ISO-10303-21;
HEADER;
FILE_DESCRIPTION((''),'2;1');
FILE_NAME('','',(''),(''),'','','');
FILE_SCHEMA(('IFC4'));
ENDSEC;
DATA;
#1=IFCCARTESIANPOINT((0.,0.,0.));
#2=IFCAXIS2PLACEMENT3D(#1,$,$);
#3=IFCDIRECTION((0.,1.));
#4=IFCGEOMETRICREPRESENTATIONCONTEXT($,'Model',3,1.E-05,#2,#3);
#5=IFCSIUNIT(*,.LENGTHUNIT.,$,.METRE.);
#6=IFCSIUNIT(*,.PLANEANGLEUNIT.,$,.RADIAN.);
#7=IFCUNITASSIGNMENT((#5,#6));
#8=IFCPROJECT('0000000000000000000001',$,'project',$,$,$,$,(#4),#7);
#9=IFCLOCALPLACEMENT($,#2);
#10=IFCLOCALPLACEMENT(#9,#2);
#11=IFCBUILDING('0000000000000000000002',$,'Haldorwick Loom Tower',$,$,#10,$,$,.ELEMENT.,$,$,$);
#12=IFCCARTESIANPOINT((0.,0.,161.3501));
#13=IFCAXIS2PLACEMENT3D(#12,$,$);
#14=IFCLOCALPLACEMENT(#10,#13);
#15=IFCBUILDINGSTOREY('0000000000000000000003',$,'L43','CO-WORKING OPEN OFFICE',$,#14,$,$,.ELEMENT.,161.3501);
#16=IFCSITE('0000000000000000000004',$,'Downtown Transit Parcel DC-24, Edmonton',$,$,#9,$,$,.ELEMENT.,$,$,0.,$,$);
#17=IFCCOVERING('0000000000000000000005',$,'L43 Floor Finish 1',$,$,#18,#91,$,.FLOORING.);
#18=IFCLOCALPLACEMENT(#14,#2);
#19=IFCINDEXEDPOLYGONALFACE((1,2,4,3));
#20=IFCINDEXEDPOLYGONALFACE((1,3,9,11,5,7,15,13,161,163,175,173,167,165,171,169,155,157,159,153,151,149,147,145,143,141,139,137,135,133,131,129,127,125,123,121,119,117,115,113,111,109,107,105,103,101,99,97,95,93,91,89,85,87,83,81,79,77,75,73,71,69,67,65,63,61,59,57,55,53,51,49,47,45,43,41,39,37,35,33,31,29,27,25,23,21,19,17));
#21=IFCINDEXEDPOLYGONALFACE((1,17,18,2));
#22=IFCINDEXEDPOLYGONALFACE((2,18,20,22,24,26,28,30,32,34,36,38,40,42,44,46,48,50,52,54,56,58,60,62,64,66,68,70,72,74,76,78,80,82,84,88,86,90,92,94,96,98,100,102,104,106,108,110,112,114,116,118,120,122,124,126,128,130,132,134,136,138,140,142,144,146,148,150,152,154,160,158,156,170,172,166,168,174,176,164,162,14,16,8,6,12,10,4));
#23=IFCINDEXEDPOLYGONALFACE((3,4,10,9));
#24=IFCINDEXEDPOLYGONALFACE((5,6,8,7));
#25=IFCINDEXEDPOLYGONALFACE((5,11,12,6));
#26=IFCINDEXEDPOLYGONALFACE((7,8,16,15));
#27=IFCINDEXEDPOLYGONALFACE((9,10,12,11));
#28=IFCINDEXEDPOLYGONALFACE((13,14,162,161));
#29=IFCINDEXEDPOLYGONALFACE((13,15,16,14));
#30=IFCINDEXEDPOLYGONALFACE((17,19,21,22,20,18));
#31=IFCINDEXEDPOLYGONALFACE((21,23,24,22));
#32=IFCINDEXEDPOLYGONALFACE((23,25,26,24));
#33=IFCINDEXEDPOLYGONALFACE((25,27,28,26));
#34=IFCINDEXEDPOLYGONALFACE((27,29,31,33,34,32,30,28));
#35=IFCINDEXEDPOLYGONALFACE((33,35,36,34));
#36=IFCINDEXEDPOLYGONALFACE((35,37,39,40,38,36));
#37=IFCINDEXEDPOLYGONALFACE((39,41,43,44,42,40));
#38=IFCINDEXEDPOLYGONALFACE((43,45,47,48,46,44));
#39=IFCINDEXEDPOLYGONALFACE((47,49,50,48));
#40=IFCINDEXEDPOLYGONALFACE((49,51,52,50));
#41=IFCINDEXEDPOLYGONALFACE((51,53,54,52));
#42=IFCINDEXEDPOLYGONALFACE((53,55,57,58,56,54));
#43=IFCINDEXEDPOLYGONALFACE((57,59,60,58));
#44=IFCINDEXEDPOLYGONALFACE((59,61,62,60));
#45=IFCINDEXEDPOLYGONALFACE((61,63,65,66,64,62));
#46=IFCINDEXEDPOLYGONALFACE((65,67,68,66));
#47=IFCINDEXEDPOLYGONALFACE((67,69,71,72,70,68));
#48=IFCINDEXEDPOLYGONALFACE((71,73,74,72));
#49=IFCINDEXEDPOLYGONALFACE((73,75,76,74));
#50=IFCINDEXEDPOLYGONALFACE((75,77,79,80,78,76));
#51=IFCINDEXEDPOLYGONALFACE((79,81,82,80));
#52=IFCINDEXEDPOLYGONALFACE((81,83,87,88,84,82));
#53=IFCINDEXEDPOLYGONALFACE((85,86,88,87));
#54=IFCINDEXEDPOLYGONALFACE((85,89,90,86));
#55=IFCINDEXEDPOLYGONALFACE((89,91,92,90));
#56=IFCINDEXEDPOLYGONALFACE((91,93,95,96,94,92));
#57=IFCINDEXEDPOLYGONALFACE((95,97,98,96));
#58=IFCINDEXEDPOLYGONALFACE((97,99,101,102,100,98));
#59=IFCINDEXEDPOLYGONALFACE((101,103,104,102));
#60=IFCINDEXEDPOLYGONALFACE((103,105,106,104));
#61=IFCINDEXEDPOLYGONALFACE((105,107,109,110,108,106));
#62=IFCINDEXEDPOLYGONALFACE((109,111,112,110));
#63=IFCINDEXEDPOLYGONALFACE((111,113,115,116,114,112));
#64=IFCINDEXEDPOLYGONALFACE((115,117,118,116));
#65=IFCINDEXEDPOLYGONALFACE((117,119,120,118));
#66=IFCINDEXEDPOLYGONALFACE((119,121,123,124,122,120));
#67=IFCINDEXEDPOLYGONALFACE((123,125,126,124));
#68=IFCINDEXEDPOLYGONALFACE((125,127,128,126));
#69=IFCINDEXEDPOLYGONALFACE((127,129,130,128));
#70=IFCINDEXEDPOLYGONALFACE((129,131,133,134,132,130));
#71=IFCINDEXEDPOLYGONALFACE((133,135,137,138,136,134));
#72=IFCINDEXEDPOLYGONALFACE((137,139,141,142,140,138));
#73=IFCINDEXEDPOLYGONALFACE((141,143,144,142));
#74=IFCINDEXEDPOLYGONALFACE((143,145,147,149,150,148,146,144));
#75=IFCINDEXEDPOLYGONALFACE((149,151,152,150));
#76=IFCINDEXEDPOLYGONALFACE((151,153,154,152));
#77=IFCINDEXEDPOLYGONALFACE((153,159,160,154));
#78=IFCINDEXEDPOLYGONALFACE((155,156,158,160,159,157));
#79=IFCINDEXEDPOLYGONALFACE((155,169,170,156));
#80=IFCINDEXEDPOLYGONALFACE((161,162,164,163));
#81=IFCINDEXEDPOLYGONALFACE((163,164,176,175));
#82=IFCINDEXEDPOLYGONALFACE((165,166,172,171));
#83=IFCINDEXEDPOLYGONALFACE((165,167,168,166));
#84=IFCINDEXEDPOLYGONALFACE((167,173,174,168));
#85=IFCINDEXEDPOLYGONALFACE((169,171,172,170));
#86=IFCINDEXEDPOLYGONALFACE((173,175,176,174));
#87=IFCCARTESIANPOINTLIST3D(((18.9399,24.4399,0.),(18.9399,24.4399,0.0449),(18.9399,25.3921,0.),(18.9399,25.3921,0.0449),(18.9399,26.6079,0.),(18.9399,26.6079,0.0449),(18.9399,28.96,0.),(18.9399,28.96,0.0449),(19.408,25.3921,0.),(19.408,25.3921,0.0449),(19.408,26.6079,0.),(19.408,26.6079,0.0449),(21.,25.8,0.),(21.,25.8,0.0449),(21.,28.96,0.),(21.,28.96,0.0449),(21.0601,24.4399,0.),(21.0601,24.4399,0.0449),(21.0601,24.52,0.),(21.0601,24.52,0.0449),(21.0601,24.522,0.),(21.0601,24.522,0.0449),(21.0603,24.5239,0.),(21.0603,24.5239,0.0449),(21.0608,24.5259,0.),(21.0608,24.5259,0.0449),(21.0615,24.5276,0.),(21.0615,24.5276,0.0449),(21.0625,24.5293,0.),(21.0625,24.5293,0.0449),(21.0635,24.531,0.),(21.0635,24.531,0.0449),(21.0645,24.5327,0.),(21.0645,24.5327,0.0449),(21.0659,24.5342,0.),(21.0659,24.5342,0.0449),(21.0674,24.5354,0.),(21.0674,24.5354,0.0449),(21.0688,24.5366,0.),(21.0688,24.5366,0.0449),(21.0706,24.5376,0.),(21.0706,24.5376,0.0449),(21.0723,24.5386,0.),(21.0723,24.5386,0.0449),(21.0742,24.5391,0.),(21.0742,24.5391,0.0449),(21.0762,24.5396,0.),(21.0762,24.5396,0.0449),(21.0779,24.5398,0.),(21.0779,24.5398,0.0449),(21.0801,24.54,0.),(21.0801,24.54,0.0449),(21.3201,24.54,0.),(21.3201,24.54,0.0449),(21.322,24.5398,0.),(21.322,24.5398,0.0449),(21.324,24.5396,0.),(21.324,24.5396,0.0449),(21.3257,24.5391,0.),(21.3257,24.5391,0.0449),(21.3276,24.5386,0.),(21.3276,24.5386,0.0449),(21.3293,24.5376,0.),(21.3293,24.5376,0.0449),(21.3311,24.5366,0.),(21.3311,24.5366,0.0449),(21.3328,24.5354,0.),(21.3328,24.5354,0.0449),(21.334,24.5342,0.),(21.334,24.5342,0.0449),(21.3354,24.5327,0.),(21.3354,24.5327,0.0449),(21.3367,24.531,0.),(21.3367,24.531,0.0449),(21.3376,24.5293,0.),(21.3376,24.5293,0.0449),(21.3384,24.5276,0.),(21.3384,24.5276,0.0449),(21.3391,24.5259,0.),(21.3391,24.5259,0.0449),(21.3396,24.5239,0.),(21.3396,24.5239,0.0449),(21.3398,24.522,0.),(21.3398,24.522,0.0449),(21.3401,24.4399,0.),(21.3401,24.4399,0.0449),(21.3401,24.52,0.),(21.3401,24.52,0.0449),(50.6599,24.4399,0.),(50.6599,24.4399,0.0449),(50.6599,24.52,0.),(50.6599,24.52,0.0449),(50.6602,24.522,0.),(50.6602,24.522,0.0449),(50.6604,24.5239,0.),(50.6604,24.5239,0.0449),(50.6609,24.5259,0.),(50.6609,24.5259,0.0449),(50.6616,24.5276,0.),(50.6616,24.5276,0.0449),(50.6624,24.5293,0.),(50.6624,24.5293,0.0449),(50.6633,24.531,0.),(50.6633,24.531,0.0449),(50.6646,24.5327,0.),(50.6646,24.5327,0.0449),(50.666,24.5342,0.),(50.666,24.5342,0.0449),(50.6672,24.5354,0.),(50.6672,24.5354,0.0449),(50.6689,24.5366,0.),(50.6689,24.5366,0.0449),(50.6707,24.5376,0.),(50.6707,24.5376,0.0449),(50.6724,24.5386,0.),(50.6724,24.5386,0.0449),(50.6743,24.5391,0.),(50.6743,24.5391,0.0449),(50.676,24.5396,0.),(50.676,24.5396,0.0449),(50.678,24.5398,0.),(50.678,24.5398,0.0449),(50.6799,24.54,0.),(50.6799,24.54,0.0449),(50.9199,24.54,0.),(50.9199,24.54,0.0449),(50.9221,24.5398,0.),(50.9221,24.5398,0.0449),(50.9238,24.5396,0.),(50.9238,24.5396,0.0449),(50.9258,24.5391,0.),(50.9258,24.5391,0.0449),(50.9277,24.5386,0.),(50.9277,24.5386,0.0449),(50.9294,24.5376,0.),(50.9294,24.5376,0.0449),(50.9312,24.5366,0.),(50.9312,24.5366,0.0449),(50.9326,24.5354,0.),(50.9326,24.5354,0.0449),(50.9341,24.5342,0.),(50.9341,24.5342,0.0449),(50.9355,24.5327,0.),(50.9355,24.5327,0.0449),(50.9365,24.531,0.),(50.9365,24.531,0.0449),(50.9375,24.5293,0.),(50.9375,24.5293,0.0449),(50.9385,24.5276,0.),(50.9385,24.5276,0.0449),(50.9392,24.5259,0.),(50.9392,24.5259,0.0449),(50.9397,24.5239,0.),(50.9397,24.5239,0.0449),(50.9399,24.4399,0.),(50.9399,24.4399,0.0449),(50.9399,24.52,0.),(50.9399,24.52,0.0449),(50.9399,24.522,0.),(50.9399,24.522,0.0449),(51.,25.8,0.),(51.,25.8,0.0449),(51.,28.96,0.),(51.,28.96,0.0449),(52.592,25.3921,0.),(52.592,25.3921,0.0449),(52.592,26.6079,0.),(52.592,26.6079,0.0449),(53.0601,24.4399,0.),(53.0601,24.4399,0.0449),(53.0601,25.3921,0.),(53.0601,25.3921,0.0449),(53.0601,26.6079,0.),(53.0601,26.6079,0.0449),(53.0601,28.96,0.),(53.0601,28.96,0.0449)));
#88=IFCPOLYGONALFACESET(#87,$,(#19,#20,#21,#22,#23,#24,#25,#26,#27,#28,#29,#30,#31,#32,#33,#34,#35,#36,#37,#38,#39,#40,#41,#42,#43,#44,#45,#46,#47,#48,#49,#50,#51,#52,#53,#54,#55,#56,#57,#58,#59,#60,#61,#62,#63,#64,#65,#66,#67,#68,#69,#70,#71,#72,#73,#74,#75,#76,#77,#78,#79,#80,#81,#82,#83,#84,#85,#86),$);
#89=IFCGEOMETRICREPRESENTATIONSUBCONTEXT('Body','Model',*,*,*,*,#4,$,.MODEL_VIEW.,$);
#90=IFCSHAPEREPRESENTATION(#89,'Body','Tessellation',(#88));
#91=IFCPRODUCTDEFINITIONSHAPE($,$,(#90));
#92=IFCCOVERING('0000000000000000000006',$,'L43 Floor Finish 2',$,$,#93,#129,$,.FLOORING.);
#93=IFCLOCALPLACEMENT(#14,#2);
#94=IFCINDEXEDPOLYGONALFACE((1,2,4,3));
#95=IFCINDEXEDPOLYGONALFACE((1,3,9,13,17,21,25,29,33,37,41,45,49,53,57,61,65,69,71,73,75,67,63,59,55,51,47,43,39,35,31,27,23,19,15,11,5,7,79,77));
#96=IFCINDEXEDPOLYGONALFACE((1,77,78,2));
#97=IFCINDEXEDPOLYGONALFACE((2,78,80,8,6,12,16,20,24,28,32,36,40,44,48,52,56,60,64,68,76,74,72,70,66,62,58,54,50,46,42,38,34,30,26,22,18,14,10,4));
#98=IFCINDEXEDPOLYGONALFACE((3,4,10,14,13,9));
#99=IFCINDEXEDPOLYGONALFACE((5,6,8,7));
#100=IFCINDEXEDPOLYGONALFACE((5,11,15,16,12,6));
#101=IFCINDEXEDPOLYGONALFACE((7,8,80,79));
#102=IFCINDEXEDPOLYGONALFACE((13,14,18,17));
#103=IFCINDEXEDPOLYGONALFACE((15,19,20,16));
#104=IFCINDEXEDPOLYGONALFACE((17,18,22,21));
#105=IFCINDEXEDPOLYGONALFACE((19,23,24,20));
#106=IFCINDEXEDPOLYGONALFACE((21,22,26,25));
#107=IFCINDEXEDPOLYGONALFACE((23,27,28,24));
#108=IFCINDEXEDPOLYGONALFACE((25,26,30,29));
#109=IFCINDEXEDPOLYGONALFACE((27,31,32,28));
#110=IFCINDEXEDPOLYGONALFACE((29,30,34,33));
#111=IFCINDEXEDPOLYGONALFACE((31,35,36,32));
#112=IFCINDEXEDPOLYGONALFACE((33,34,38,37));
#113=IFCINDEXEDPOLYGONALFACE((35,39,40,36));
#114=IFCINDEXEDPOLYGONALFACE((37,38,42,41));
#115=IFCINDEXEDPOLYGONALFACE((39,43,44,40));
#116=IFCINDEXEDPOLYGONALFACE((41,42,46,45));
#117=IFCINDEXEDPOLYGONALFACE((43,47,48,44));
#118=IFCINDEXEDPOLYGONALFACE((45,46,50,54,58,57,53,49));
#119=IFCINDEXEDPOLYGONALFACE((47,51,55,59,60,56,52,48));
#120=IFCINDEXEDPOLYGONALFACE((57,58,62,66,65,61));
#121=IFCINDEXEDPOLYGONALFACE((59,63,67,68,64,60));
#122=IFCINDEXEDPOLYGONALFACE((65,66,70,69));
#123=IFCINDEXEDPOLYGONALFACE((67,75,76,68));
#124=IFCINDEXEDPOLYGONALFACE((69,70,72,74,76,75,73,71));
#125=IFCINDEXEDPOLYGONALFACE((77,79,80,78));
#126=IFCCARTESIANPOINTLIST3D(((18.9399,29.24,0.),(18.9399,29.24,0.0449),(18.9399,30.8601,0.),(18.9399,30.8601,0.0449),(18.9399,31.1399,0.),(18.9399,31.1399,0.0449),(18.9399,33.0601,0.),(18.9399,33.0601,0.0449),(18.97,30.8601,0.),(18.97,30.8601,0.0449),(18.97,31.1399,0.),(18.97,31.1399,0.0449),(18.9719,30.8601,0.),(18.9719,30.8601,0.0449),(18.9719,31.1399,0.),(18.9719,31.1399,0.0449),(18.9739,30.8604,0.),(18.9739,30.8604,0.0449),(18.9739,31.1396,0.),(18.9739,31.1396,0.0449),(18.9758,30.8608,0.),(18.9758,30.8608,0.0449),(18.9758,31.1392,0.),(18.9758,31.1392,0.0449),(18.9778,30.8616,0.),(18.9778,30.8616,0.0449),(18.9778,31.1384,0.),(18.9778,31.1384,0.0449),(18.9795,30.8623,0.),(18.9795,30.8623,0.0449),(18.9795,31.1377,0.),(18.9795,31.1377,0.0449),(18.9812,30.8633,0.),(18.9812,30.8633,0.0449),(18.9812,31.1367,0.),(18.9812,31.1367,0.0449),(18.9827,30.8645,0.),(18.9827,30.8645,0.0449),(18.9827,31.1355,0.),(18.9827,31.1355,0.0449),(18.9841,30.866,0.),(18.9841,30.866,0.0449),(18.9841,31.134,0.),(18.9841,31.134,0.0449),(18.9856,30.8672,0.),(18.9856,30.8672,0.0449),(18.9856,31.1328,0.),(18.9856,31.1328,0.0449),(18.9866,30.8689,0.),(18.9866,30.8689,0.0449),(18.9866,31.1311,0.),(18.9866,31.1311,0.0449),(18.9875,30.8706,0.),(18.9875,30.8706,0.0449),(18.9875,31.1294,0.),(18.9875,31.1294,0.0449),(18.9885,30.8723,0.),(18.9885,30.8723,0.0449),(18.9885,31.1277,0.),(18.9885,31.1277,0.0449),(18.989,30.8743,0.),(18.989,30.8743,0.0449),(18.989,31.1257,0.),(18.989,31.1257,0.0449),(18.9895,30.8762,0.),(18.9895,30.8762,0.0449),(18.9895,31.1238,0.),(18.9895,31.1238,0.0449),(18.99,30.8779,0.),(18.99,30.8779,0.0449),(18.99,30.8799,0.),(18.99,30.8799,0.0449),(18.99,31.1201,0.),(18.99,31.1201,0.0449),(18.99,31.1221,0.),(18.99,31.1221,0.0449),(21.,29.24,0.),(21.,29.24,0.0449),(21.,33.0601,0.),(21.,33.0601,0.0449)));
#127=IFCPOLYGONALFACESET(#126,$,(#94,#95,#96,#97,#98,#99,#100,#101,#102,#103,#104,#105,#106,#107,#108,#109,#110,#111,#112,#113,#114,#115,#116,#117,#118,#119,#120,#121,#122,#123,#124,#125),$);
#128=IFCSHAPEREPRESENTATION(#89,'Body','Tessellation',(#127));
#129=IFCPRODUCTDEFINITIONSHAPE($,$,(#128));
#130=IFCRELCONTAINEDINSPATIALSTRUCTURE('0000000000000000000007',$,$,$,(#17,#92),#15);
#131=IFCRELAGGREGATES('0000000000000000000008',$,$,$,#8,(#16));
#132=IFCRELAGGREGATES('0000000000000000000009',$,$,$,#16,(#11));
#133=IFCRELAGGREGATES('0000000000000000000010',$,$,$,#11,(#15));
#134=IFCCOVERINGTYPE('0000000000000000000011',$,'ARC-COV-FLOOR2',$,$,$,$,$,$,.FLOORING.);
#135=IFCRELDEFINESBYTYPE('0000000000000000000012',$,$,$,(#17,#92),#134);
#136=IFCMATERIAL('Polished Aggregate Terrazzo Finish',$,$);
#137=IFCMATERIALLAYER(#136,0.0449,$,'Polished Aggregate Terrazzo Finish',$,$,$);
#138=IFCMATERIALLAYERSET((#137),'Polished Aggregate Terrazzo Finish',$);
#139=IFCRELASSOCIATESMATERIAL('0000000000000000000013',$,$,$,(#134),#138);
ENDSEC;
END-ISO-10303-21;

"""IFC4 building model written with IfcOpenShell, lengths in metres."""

from ifc_helpers import new_model, si_unit, direction, frame, origin, place, context, subcontext, project, spatial, polyline, outline, extrude, material, layer, layer_set, type_object, element, save


model = new_model("IFC4")

# Units and contexts
model_context = context("Model", 3, precision=1e-05, world=origin(), true_north=direction((0.0, 1.0)))
body_context = subcontext(model_context, "Body", "Model", "MODEL_VIEW")
ifc_project = project(units=[si_unit("LENGTHUNIT", "METRE"), si_unit("PLANEANGLEUNIT", "RADIAN")], contexts=[model_context])

# Site, building, storey
site_placement = place(None, origin())
site = spatial("IfcSite", under=ifc_project, at=site_placement, Name="Downtown Transit Parcel DC-24, Edmonton", CompositionType="ELEMENT", RefElevation=0.0)
building_placement = place(site_placement, origin())
building = spatial("IfcBuilding", under=site, at=building_placement, Name="Haldorwick Loom Tower", CompositionType="ELEMENT")
storey_placement = place(building_placement, frame((0.0, 0.0, 161.3501)))
storey = spatial("IfcBuildingStorey", under=building, at=storey_placement, Name="L43", Description="CO-WORKING OPEN OFFICE", CompositionType="ELEMENT", Elevation=161.3501)

# Coverings
ifc_material_1 = material(Name="Polished Aggregate Terrazzo Finish")
ifc_layer_1 = layer(ifc_material_1, 0.0449, Name="Polished Aggregate Terrazzo Finish")
ifc_layer_set_1 = layer_set([ifc_layer_1], Name="Polished Aggregate Terrazzo Finish")
covering_type_1 = type_object("IfcCoveringType", Name="ARC-COV-FLOOR2", PredefinedType="FLOORING", material=ifc_layer_set_1)
covering_1_placement = place(storey_placement, origin())
element("IfcCovering", 1, at=covering_1_placement, inside=storey, type_object=covering_type_1, Name="L43 Floor Finish 1", PredefinedType="FLOORING", context=body_context, shape_type="SweptSolid", body=[
    extrude(outline(polyline([(21.3201, 24.54), (21.322, 24.5398), (21.324, 24.5396), (21.3257, 24.5391), (21.3276, 24.5386), (21.3293, 24.5376), (21.3311, 24.5366), (21.3328, 24.5354), (21.334, 24.5342), (21.3354, 24.5327), (21.3367, 24.531), (21.3376, 24.5293), (21.3384, 24.5276), (21.3391, 24.5259), (21.3396, 24.5239), (21.3398, 24.522), (21.3401, 24.52), (21.3401, 24.4399), (50.6599, 24.4399), (50.6599, 24.52), (50.6602, 24.522), (50.6604, 24.5239), (50.6609, 24.5259), (50.6616, 24.5276), (50.6624, 24.5293), (50.6633, 24.531), (50.6646, 24.5327), (50.666, 24.5342), (50.6672, 24.5354), (50.6689, 24.5366), (50.6707, 24.5376), (50.6724, 24.5386), (50.6743, 24.5391), (50.676, 24.5396), (50.678, 24.5398), (50.6799, 24.54), (50.9199, 24.54), (50.9221, 24.5398), (50.9238, 24.5396), (50.9258, 24.5391), (50.9277, 24.5386), (50.9294, 24.5376), (50.9312, 24.5366), (50.9326, 24.5354), (50.9341, 24.5342), (50.9355, 24.5327), (50.9365, 24.531), (50.9375, 24.5293), (50.9385, 24.5276), (50.9392, 24.5259), (50.9397, 24.5239), (50.9399, 24.522), (50.9399, 24.52), (50.9399, 24.4399), (53.0601, 24.4399), (53.0601, 25.3921), (52.592, 25.3921), (52.592, 26.6079), (53.0601, 26.6079), (53.0601, 28.96), (51.0, 28.96), (51.0, 25.8), (21.0, 25.8), (21.0, 28.96), (18.9399, 28.96), (18.9399, 26.6079), (19.408, 26.6079), (19.408, 25.3921), (18.9399, 25.3921), (18.9399, 24.4399), (21.0601, 24.4399), (21.0601, 24.52), (21.0601, 24.522), (21.0603, 24.5239), (21.0608, 24.5259), (21.0615, 24.5276), (21.0625, 24.5293), (21.0635, 24.531), (21.0645, 24.5327), (21.0659, 24.5342), (21.0674, 24.5354), (21.0688, 24.5366), (21.0706, 24.5376), (21.0723, 24.5386), (21.0742, 24.5391), (21.0762, 24.5396), (21.0779, 24.5398), (21.0801, 24.54), (21.3201, 24.54)])), origin(), (0.0, 0.0, 1.0), 0.0449),
])
covering_2_placement = place(storey_placement, origin())
element("IfcCovering", 2, at=covering_2_placement, inside=storey, type_object=covering_type_1, Name="L43 Floor Finish 2", PredefinedType="FLOORING", context=body_context, shape_type="SweptSolid", body=[
    extrude(outline(polyline([(18.97, 31.1399), (18.9719, 31.1399), (18.9739, 31.1396), (18.9758, 31.1392), (18.9778, 31.1384), (18.9795, 31.1377), (18.9812, 31.1367), (18.9827, 31.1355), (18.9841, 31.134), (18.9856, 31.1328), (18.9866, 31.1311), (18.9875, 31.1294), (18.9885, 31.1277), (18.989, 31.1257), (18.9895, 31.1238), (18.99, 31.1221), (18.99, 31.1201), (18.99, 30.8799), (18.99, 30.8779), (18.9895, 30.8762), (18.989, 30.8743), (18.9885, 30.8723), (18.9875, 30.8706), (18.9866, 30.8689), (18.9856, 30.8672), (18.9841, 30.866), (18.9827, 30.8645), (18.9812, 30.8633), (18.9795, 30.8623), (18.9778, 30.8616), (18.9758, 30.8608), (18.9739, 30.8604), (18.9719, 30.8601), (18.97, 30.8601), (18.9399, 30.8601), (18.9399, 29.24), (21.0, 29.24), (21.0, 33.0601), (18.9399, 33.0601), (18.9399, 31.1399), (18.97, 31.1399)])), origin(), (0.0, 0.0, 1.0), 0.0449),
])

save(model, "model.ifc")
